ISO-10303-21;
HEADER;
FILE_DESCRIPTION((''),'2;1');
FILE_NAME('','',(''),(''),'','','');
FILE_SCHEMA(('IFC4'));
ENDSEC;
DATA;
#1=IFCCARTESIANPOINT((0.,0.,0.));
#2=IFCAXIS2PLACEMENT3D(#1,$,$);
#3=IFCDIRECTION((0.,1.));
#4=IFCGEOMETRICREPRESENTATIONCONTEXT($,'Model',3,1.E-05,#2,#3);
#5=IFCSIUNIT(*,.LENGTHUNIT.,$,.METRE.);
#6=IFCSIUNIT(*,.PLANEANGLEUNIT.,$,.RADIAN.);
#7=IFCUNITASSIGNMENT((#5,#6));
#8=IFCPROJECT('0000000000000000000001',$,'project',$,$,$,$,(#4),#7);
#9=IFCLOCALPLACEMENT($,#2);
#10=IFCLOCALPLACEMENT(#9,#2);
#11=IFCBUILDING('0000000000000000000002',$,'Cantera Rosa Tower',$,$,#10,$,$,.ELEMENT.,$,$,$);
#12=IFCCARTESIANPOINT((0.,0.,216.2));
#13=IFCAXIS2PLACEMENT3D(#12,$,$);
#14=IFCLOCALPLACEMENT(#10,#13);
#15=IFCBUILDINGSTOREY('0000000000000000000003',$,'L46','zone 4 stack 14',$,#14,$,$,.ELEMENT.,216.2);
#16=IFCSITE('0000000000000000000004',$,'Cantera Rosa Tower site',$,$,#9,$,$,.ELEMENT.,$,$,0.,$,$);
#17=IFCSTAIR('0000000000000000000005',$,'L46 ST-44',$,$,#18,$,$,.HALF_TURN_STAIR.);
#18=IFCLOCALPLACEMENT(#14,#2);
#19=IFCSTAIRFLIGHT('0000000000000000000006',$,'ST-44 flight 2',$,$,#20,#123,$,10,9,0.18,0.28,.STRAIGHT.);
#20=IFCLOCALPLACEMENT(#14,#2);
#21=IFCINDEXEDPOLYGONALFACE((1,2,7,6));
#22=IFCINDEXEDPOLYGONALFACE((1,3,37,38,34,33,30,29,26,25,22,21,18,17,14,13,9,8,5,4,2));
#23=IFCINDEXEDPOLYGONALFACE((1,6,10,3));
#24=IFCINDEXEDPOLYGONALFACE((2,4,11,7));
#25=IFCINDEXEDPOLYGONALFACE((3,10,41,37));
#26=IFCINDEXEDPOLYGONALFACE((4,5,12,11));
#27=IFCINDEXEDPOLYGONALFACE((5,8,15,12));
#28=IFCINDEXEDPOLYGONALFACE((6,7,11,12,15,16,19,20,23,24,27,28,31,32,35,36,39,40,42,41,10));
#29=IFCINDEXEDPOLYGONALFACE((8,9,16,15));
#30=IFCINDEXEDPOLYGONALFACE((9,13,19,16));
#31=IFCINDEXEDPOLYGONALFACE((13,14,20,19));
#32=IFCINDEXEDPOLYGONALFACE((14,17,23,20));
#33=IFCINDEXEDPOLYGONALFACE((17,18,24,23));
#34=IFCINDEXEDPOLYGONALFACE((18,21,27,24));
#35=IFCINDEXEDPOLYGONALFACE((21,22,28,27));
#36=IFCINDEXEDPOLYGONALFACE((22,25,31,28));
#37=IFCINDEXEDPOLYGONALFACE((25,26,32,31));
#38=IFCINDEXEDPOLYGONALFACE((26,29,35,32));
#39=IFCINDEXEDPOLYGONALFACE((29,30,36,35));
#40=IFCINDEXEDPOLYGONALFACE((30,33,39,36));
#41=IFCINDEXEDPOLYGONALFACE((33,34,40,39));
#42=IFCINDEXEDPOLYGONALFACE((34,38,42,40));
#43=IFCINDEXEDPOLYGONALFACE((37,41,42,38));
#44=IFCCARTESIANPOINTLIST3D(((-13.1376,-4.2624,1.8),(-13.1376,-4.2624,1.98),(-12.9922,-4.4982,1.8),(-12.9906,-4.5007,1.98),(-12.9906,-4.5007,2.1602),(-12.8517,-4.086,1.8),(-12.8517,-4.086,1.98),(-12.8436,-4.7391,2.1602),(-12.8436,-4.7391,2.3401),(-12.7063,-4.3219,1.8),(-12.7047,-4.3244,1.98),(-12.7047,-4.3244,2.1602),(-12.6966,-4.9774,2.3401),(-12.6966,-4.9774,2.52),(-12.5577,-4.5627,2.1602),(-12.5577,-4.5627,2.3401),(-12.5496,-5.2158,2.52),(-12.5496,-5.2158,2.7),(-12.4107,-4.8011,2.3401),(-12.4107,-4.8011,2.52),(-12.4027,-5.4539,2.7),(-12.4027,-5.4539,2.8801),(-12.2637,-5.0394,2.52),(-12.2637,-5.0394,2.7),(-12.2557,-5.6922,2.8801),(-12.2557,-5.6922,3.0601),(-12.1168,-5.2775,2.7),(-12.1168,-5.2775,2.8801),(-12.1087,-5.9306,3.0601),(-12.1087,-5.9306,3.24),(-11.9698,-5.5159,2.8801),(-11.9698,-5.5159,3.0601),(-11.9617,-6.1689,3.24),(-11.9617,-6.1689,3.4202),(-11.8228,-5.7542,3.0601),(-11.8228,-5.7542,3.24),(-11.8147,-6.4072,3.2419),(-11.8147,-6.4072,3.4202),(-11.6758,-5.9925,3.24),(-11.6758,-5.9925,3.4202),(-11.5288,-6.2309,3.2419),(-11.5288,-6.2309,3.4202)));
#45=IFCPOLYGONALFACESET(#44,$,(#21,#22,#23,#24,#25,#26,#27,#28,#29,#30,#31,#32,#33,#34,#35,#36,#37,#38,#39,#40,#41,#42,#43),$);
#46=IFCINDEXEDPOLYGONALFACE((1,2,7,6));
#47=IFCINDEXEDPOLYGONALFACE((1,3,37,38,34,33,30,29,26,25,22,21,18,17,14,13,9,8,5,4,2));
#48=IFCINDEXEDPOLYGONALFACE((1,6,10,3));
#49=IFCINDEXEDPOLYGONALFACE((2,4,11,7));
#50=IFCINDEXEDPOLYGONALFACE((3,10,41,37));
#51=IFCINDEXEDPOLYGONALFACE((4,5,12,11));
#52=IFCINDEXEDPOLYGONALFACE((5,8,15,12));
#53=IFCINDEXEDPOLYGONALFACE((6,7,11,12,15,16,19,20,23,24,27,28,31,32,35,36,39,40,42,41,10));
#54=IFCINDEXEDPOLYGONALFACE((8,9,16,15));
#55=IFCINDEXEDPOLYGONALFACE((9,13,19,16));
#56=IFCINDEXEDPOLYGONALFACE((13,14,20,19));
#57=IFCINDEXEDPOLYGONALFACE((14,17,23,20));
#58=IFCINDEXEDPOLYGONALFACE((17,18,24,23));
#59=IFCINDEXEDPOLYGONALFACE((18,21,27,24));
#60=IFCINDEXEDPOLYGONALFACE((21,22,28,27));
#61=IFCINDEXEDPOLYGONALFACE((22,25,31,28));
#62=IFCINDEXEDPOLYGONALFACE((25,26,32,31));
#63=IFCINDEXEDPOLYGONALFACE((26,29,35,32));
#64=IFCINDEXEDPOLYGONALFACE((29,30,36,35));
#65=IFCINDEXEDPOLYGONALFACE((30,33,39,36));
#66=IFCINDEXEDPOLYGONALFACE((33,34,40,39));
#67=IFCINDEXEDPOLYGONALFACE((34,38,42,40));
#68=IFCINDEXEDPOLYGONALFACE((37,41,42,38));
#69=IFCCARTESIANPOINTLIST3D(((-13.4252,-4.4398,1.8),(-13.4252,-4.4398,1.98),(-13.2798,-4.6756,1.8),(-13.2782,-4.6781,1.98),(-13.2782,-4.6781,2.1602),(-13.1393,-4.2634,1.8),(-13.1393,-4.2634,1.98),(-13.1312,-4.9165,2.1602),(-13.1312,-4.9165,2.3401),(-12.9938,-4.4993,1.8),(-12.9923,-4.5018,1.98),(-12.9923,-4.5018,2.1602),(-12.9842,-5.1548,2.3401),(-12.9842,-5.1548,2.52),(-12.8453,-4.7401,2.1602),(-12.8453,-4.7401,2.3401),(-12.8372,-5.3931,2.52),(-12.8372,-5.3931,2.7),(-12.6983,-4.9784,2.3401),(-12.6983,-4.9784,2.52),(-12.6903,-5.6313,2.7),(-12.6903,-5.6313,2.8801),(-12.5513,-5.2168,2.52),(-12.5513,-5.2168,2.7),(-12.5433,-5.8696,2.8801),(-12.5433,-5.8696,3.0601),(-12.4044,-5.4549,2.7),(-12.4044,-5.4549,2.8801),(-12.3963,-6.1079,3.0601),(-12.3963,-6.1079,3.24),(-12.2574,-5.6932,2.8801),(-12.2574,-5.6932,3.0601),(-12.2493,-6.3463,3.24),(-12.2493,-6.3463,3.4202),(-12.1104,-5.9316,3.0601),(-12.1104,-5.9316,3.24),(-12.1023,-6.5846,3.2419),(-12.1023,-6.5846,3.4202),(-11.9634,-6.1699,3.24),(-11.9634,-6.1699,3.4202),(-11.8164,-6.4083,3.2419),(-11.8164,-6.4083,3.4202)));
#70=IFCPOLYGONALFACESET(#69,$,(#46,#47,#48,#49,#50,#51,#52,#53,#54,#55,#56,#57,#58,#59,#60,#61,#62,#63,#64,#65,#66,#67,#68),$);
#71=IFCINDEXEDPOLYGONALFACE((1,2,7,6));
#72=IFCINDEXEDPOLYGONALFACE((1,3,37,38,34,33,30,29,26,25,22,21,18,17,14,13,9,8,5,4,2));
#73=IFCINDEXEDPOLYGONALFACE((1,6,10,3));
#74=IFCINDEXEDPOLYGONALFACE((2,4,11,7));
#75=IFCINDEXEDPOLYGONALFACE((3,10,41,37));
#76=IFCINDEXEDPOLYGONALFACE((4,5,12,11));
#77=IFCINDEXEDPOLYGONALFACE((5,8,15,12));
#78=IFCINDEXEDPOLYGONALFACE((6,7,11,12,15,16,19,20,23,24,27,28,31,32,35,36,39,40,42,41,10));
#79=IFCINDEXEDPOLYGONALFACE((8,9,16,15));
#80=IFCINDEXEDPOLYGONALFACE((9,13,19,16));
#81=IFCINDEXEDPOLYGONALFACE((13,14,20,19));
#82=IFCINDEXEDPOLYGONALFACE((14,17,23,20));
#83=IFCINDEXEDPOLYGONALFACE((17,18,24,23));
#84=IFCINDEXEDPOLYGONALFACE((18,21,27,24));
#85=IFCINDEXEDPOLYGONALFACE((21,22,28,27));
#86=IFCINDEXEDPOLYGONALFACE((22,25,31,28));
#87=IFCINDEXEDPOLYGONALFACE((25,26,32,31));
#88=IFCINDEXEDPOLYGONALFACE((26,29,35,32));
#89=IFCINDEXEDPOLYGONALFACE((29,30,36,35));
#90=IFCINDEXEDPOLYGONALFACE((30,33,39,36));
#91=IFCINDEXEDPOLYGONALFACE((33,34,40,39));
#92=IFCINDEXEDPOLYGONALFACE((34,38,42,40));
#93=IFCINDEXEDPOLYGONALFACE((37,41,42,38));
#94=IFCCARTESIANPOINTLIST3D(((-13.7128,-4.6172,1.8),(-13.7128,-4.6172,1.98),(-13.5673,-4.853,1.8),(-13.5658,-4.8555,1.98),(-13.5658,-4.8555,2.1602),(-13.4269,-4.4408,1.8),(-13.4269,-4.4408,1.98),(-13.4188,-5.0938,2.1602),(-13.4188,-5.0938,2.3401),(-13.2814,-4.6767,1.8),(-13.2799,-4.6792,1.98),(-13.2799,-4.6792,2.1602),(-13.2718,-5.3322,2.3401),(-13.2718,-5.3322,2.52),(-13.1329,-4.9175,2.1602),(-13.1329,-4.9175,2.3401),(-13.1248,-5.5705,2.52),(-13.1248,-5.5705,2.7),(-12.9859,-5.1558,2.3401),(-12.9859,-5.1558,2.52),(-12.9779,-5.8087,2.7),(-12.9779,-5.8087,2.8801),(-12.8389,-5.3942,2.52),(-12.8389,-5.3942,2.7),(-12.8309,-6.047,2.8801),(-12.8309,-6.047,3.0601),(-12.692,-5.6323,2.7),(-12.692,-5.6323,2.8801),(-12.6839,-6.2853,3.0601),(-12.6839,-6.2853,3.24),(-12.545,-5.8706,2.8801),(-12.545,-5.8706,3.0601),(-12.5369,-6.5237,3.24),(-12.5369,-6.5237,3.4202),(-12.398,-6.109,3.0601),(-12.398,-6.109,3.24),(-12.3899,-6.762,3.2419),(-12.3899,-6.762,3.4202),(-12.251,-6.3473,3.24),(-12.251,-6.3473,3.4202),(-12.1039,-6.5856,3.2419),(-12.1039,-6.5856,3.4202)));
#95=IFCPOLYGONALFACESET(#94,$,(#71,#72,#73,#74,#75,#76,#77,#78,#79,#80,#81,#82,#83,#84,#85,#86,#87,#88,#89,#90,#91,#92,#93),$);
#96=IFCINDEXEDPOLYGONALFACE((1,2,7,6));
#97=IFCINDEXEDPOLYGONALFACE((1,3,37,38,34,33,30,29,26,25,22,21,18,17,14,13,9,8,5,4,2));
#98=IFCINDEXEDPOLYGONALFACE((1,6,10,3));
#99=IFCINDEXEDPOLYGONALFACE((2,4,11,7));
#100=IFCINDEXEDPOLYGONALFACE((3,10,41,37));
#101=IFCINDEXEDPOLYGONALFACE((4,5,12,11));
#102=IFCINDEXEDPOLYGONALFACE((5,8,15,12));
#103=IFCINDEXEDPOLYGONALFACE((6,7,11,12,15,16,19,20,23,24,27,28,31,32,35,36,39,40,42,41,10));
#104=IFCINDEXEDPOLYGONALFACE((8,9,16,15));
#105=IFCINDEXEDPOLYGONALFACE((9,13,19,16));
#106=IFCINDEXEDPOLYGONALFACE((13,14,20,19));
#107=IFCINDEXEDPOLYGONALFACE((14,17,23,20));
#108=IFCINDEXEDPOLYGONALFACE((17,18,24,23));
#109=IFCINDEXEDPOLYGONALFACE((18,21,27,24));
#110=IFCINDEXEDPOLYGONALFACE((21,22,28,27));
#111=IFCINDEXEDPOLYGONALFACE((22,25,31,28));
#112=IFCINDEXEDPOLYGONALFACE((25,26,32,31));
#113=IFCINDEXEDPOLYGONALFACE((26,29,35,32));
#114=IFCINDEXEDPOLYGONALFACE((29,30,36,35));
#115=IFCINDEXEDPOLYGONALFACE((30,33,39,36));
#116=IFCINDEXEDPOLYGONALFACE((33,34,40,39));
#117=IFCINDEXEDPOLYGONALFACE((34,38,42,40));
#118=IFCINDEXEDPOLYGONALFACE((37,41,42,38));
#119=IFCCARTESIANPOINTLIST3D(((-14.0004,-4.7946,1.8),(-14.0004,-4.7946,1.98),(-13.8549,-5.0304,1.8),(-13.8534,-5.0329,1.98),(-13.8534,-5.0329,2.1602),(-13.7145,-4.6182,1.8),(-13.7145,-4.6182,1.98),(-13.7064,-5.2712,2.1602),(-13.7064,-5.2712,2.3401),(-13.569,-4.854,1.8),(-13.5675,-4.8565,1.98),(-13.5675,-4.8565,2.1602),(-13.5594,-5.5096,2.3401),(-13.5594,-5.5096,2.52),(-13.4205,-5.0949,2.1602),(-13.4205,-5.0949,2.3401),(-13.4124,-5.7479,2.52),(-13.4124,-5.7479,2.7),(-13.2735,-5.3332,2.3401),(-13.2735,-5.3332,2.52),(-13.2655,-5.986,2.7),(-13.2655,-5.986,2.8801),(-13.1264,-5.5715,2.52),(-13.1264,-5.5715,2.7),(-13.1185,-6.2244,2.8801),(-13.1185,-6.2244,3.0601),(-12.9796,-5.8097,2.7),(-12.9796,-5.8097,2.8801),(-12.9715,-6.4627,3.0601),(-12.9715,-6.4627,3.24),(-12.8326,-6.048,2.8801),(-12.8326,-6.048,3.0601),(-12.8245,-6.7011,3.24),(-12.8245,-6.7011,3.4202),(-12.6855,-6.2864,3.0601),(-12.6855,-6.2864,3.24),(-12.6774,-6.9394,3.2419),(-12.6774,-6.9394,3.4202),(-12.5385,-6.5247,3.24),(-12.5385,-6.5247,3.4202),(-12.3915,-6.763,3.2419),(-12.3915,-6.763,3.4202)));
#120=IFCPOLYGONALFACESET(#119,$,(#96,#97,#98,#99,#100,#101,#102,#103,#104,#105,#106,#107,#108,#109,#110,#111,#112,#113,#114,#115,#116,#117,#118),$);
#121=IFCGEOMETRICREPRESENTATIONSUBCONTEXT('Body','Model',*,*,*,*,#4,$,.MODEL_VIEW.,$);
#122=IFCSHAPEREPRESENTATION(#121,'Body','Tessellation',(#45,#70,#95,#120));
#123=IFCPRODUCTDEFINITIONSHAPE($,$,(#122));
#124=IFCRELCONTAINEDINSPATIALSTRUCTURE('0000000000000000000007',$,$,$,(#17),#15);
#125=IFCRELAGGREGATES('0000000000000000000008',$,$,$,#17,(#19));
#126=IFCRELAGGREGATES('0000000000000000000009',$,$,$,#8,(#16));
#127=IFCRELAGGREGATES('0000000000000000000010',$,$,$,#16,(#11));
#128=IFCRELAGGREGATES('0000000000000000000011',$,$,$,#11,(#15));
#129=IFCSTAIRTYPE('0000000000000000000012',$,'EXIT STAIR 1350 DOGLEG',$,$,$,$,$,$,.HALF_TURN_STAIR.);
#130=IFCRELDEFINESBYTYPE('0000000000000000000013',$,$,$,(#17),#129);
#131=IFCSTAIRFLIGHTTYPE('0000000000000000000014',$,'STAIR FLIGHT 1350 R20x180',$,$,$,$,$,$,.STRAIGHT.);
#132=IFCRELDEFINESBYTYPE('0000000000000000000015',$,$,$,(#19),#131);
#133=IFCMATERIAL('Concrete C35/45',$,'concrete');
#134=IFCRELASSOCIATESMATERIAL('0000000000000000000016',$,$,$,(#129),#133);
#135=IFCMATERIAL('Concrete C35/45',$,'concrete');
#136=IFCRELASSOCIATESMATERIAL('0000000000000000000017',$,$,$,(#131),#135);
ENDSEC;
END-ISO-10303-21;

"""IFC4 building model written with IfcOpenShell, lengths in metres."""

from ifc_helpers import new_model, si_unit, direction, frame, origin, place, context, subcontext, project, spatial, polyline, outline, extrude, material, type_object, element, aggregate, save


model = new_model("IFC4")

# Units and contexts
model_context = context("Model", 3, precision=1e-05, world=origin(), true_north=direction((0.0, 1.0)))
body_context = subcontext(model_context, "Body", "Model", "MODEL_VIEW")
ifc_project = project(units=[si_unit("LENGTHUNIT", "METRE"), si_unit("PLANEANGLEUNIT", "RADIAN")], contexts=[model_context])

# Site, building, storey
site_placement = place(None, origin())
site = spatial("IfcSite", under=ifc_project, at=site_placement, Name="Cantera Rosa Tower site", CompositionType="ELEMENT", RefElevation=0.0)
building_placement = place(site_placement, origin())
building = spatial("IfcBuilding", under=site, at=building_placement, Name="Cantera Rosa Tower", CompositionType="ELEMENT")
storey_placement = place(building_placement, frame((0.0, 0.0, 216.2)))
storey = spatial("IfcBuildingStorey", under=building, at=storey_placement, Name="L46", Description="zone 4 stack 14", CompositionType="ELEMENT", Elevation=216.2)

# Stair, stair flight
ifc_material_1 = material(Name="Concrete C35/45", Category="concrete")
stair_type = type_object("IfcStairType", Name="EXIT STAIR 1350 DOGLEG", PredefinedType="HALF_TURN_STAIR", material=ifc_material_1)
stair_placement = place(storey_placement, origin())
stair = element("IfcStair", 1, at=stair_placement, inside=storey, type_object=stair_type, Name="L46 ST-44", PredefinedType="HALF_TURN_STAIR")
ifc_material_2 = material(Name="Concrete C35/45", Category="concrete")
stair_flight_type = type_object("IfcStairFlightType", Name="STAIR FLIGHT 1350 R20x180", PredefinedType="STRAIGHT", material=ifc_material_2)
stair_flight_1_placement = place(storey_placement, frame((-13.4263, -4.4404, 1.8), z_axis=(0.0, 0.0, 1.0), x_axis=(0.524977, -0.851117, 0.0)))
stair_flight_1 = element("IfcStairFlight", 2, at=stair_flight_1_placement, type_object=stair_flight_type, Name="ST-44 flight 2", NumberOfRisers=10, NumberOfTreads=9, PredefinedType="STRAIGHT", RiserHeight=0.18, TreadLength=0.28, context=body_context, shape_type="SweptSolid", body=[
    extrude(outline(polyline([(0.0, 0.0), (0.0, 0.1799), (0.28, 0.1799), (0.28, 0.3601), (0.5601, 0.3601), (0.5601, 0.54), (0.8401, 0.54), (0.8401, 0.72), (1.1201, 0.72), (1.1201, 0.8999), (1.3999, 0.8999), (1.3999, 1.0801), (1.6799, 1.0801), (1.6799, 1.26), (1.96, 1.26), (1.96, 1.4399), (2.24, 1.4399), (2.24, 1.6201), (2.52, 1.6201), (2.52, 1.8), (2.52, 1.4419), (0.2771, 0.0), (0.0, 0.0)])), frame((0.0, 0.675, 0.0), z_axis=(0.0, -1.0, 0.0), x_axis=(1.0, 0.0, 0.0)), (0.0, 0.0, 1.0), 0.3359),
    extrude(outline(polyline([(0.0, 0.0), (0.0, 0.1799), (0.28, 0.1799), (0.28, 0.3601), (0.5601, 0.3601), (0.5601, 0.54), (0.8401, 0.54), (0.8401, 0.72), (1.1201, 0.72), (1.1201, 0.8999), (1.3999, 0.8999), (1.3999, 1.0801), (1.6799, 1.0801), (1.6799, 1.26), (1.96, 1.26), (1.96, 1.4399), (2.24, 1.4399), (2.24, 1.6201), (2.52, 1.6201), (2.52, 1.8), (2.52, 1.4419), (0.2771, 0.0), (0.0, 0.0)])), frame((0.0, 0.3372, 0.0), z_axis=(0.0, -1.0, 0.0), x_axis=(1.0, 0.0, 0.0)), (0.0, 0.0, 1.0), 0.3359),
    extrude(outline(polyline([(0.0, 0.0), (0.0, 0.1799), (0.28, 0.1799), (0.28, 0.3601), (0.5601, 0.3601), (0.5601, 0.54), (0.8401, 0.54), (0.8401, 0.72), (1.1201, 0.72), (1.1201, 0.8999), (1.3999, 0.8999), (1.3999, 1.0801), (1.6799, 1.0801), (1.6799, 1.26), (1.96, 1.26), (1.96, 1.4399), (2.24, 1.4399), (2.24, 1.6201), (2.52, 1.6201), (2.52, 1.8), (2.52, 1.4419), (0.2771, 0.0), (0.0, 0.0)])), frame((0.0, -0.0007, 0.0), z_axis=(0.0, -1.0, 0.0), x_axis=(1.0, 0.0, 0.0)), (0.0, 0.0, 1.0), 0.3359),
    extrude(outline(polyline([(0.0, 0.0), (0.0, 0.1799), (0.28, 0.1799), (0.28, 0.3601), (0.5601, 0.3601), (0.5601, 0.54), (0.8401, 0.54), (0.8401, 0.72), (1.1201, 0.72), (1.1201, 0.8999), (1.3999, 0.8999), (1.3999, 1.0801), (1.6799, 1.0801), (1.6799, 1.26), (1.96, 1.26), (1.96, 1.4399), (2.24, 1.4399), (2.24, 1.6201), (2.52, 1.6201), (2.52, 1.8), (2.52, 1.4419), (0.2771, 0.0), (0.0, 0.0)])), frame((0.0, -0.3386, 0.0), z_axis=(0.0, -1.0, 0.0), x_axis=(1.0, 0.0, 0.0)), (0.0, 0.0, 1.0), 0.3359),
])
aggregate(stair, [stair_flight_1])

save(model, "model.ifc")
